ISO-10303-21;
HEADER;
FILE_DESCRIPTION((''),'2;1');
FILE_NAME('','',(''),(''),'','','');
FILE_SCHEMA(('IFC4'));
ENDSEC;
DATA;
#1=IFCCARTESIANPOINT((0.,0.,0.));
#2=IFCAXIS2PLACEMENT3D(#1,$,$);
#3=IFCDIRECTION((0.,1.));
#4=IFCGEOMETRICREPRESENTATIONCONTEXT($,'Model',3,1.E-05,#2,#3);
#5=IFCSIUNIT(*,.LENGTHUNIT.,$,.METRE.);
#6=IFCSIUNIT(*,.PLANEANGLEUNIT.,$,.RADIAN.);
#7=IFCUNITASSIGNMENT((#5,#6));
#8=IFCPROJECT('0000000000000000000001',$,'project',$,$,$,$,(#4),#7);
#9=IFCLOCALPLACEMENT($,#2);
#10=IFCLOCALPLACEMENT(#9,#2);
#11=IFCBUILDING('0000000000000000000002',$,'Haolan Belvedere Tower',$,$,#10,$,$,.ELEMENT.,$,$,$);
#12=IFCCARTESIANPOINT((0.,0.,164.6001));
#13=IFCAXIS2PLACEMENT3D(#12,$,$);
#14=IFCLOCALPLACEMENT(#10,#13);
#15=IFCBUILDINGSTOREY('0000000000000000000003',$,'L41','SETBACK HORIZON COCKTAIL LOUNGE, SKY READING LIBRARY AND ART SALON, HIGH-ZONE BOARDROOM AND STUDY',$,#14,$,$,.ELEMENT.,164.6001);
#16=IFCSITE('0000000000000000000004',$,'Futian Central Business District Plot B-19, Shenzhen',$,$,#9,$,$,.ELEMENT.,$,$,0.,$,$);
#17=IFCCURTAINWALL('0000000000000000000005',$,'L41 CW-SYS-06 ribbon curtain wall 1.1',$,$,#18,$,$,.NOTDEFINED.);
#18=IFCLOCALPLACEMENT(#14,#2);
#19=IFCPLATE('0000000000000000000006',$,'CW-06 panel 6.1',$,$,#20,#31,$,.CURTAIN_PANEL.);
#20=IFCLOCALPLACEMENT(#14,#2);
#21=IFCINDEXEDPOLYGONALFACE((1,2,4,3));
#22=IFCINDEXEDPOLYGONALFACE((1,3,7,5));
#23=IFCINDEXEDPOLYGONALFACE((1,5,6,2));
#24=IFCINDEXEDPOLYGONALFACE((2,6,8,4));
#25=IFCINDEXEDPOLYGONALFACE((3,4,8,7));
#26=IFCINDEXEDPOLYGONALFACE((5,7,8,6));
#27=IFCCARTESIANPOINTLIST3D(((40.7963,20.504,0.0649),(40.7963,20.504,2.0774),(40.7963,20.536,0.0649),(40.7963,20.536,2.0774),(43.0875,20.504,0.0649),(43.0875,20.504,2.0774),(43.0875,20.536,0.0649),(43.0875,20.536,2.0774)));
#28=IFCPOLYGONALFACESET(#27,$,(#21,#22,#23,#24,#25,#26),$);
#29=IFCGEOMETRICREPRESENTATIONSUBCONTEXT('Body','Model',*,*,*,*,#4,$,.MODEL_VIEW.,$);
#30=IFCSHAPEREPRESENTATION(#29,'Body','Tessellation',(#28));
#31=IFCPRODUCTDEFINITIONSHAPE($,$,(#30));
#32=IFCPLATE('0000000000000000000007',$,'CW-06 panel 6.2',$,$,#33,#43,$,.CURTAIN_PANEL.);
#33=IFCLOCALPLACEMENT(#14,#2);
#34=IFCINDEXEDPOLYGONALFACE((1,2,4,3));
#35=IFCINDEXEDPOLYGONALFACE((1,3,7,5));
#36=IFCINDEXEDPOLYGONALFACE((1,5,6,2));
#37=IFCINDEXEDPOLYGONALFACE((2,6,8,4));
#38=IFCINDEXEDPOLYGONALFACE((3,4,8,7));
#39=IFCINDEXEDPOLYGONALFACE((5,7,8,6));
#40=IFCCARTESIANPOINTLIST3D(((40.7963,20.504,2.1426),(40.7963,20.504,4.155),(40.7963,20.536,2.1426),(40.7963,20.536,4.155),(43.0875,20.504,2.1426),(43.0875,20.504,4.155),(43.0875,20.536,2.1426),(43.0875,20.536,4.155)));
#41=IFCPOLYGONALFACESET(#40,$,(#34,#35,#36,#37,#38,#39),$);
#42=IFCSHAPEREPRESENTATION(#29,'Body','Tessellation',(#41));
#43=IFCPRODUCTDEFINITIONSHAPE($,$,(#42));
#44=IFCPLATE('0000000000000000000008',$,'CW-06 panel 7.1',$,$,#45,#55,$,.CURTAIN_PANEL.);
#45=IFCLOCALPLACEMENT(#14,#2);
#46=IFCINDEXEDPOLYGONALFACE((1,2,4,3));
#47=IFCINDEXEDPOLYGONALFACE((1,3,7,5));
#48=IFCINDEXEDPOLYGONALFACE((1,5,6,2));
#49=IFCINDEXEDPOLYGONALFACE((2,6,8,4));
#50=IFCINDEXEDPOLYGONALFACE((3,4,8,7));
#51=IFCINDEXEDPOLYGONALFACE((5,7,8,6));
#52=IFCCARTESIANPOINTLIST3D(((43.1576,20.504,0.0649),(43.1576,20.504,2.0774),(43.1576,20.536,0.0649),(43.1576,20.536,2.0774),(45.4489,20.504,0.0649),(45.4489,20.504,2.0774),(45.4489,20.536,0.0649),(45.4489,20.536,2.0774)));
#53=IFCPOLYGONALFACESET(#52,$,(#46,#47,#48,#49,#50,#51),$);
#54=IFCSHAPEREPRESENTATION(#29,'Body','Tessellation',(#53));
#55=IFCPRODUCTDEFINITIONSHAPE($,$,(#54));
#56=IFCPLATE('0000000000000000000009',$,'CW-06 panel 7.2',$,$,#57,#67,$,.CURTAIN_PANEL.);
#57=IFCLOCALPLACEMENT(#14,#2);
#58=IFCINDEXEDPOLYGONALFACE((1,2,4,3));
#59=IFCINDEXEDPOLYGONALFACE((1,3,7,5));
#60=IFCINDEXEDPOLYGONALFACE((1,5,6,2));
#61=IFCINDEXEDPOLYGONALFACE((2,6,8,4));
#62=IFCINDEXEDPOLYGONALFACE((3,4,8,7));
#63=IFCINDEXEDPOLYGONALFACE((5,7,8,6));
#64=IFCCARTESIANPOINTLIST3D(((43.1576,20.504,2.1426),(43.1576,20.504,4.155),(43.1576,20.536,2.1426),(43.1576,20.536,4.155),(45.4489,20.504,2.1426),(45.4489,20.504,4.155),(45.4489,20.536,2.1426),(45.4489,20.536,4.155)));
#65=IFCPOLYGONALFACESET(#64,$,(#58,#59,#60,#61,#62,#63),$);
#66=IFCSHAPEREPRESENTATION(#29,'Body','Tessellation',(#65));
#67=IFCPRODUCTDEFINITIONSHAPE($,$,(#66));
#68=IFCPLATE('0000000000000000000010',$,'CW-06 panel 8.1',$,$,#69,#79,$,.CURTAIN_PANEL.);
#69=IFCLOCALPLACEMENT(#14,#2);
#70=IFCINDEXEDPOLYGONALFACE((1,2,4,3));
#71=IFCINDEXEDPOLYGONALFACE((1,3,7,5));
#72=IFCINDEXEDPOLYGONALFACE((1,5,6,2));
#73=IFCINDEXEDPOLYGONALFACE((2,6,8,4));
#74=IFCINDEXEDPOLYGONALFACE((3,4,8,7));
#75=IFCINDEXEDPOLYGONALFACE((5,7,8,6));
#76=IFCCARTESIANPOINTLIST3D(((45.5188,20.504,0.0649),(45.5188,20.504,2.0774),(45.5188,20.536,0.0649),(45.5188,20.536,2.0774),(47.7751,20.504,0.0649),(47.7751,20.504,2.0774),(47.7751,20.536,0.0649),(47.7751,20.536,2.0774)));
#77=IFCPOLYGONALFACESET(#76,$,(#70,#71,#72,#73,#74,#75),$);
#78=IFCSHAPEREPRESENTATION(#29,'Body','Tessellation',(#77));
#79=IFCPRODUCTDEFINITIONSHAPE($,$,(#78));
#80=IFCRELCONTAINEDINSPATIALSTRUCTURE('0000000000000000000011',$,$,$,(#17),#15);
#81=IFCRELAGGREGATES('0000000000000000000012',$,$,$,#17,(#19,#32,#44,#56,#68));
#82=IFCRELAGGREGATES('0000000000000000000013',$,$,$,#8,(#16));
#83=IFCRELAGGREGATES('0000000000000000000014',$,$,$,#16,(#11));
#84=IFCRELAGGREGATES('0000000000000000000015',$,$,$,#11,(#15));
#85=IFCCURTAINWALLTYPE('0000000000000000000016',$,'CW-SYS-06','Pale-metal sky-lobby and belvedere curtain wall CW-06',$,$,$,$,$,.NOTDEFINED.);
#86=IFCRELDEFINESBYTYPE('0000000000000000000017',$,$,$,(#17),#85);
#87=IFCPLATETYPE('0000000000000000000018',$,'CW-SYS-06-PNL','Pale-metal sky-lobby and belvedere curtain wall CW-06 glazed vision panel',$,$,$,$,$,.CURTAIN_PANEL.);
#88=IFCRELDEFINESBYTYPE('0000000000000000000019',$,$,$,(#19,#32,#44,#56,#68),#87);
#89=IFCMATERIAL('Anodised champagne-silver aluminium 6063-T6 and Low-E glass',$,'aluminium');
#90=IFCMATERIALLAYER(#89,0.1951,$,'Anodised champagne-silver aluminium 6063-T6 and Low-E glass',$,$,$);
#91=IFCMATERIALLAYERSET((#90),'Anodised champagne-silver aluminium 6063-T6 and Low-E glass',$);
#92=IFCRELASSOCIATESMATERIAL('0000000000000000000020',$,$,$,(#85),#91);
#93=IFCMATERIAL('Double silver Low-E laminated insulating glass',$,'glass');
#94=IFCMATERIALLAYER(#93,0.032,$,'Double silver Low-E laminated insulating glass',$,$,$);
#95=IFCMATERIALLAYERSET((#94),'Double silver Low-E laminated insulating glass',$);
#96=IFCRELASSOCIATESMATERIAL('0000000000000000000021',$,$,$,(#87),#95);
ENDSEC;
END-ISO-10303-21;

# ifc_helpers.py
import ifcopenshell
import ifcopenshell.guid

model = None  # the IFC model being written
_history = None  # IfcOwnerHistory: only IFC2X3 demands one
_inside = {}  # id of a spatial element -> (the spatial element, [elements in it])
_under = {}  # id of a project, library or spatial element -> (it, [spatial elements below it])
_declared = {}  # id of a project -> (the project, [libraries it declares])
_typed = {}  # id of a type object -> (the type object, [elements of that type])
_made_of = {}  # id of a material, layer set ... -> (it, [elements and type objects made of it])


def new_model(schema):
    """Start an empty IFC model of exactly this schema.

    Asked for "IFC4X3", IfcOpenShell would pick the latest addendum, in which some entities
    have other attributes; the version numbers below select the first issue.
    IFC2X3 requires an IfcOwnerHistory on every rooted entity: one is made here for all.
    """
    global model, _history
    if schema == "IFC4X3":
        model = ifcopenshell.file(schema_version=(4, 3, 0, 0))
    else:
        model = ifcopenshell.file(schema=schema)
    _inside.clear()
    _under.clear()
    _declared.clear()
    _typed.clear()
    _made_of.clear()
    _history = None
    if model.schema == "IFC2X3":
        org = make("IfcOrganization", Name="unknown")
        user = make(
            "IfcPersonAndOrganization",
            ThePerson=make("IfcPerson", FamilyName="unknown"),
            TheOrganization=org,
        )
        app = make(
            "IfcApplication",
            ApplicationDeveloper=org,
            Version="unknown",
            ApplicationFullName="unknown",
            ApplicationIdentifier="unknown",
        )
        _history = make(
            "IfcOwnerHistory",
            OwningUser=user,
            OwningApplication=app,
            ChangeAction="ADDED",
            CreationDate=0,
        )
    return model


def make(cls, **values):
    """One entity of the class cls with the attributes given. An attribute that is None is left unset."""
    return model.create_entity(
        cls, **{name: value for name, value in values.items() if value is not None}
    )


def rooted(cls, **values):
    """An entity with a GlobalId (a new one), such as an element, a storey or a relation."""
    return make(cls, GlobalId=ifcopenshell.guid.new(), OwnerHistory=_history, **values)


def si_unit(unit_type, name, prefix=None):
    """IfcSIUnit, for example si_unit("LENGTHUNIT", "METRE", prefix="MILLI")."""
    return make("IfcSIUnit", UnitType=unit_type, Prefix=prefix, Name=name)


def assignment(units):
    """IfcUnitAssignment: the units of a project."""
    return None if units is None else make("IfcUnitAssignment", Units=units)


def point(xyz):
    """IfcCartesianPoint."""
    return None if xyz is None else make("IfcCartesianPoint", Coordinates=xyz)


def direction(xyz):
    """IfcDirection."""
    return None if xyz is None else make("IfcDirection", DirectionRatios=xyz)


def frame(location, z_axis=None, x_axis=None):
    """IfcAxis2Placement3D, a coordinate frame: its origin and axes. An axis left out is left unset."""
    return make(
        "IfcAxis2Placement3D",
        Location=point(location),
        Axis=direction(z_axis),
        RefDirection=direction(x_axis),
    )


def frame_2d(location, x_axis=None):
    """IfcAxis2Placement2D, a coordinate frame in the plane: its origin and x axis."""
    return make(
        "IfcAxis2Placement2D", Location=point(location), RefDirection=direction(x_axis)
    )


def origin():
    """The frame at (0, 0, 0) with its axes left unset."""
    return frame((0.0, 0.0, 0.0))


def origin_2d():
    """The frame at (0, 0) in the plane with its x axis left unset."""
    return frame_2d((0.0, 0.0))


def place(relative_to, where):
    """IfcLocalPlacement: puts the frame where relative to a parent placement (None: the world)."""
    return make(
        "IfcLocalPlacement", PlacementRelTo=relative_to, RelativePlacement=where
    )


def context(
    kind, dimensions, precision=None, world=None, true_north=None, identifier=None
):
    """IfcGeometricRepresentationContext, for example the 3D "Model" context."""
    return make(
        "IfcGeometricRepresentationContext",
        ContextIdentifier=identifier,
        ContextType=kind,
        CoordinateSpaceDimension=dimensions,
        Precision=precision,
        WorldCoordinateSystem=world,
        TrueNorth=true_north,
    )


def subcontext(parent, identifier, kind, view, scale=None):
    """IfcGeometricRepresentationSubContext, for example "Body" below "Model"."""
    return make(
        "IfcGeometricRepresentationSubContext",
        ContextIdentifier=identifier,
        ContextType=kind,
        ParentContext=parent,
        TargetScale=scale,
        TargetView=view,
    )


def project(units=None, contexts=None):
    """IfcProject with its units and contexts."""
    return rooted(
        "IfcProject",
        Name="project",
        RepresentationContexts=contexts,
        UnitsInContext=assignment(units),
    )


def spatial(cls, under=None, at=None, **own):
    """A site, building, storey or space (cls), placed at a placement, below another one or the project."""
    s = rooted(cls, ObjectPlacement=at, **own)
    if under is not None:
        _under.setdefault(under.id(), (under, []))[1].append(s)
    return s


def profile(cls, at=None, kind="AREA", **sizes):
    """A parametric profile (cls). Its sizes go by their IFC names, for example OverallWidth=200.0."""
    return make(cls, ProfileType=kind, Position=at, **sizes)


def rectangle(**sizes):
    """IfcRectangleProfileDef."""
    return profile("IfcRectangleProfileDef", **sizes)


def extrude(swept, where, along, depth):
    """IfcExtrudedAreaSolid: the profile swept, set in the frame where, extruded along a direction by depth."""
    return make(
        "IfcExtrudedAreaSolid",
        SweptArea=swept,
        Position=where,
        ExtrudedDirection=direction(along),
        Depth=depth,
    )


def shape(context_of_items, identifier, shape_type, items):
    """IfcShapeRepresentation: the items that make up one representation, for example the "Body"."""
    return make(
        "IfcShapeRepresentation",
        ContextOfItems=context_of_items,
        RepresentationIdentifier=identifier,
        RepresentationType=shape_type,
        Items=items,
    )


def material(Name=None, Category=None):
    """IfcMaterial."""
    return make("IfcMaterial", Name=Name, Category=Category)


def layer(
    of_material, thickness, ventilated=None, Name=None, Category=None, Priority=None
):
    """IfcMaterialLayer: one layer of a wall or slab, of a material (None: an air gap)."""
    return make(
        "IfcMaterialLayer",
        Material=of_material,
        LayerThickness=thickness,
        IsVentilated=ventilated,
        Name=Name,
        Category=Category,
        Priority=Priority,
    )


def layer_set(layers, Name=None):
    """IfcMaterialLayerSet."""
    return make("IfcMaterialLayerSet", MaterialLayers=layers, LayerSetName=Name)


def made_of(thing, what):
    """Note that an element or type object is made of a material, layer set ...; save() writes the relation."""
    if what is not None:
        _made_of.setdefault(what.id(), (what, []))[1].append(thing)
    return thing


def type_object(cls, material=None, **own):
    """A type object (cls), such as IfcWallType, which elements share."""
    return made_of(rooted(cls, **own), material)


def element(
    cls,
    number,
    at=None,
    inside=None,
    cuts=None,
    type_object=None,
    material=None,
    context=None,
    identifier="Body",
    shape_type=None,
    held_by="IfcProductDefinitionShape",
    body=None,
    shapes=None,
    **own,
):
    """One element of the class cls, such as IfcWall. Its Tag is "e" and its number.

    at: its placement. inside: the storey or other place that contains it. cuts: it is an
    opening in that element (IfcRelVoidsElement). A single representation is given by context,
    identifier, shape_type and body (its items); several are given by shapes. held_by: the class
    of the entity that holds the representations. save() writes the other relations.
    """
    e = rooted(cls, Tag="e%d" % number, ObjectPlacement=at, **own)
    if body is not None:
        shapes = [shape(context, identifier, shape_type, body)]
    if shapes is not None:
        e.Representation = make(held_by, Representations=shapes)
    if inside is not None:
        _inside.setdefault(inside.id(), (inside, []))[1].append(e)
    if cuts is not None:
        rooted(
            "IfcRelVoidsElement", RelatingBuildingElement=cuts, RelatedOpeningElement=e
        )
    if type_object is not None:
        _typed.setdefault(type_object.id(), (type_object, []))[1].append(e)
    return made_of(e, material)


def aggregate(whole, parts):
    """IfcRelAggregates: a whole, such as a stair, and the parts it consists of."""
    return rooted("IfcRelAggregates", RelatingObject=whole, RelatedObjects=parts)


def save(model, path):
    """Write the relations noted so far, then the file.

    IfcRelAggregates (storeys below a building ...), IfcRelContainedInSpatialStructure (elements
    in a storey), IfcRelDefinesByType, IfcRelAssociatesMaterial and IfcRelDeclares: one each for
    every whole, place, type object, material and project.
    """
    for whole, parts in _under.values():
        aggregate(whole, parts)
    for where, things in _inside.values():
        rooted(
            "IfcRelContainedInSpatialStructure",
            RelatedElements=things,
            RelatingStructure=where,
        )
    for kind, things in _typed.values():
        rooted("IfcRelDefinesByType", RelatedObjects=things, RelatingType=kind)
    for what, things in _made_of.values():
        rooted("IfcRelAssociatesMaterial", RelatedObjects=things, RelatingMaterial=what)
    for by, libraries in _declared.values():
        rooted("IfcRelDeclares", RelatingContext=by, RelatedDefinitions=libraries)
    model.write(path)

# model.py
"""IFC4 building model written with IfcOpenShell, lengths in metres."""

from ifc_helpers import new_model, si_unit, direction, frame, origin, origin_2d, place, context, subcontext, project, spatial, rectangle, extrude, material, layer, layer_set, type_object, element, aggregate, save


model = new_model("IFC4")

# Units and contexts
model_context = context("Model", 3, precision=1e-05, world=origin(), true_north=direction((0.0, 1.0)))
body_context = subcontext(model_context, "Body", "Model", "MODEL_VIEW")
ifc_project = project(units=[si_unit("LENGTHUNIT", "METRE"), si_unit("PLANEANGLEUNIT", "RADIAN")], contexts=[model_context])

# Site, building, storey
site_placement = place(None, origin())
site = spatial("IfcSite", under=ifc_project, at=site_placement, Name="Futian Central Business District Plot B-19, Shenzhen", CompositionType="ELEMENT", RefElevation=0.0)
building_placement = place(site_placement, origin())
building = spatial("IfcBuilding", under=site, at=building_placement, Name="Haolan Belvedere Tower", CompositionType="ELEMENT")
storey_placement = place(building_placement, frame((0.0, 0.0, 164.6001)))
storey = spatial("IfcBuildingStorey", under=building, at=storey_placement, Name="L41", Description="SETBACK HORIZON COCKTAIL LOUNGE, SKY READING LIBRARY AND ART SALON, HIGH-ZONE BOARDROOM AND STUDY", CompositionType="ELEMENT", Elevation=164.6001)

# Curtain wall, plates
ifc_material_1 = material(Name="Anodised champagne-silver aluminium 6063-T6 and Low-E glass", Category="aluminium")
ifc_layer_1 = layer(ifc_material_1, 0.1951, Name="Anodised champagne-silver aluminium 6063-T6 and Low-E glass")
ifc_layer_set_1 = layer_set([ifc_layer_1], Name="Anodised champagne-silver aluminium 6063-T6 and Low-E glass")
curtain_wall_type = type_object("IfcCurtainWallType", Name="CW-SYS-06", Description="Pale-metal sky-lobby and belvedere curtain wall CW-06", PredefinedType="NOTDEFINED", material=ifc_layer_set_1)
curtain_wall_placement = place(storey_placement, origin())
curtain_wall = element("IfcCurtainWall", 1, at=curtain_wall_placement, inside=storey, type_object=curtain_wall_type, Name="L41 CW-SYS-06 ribbon curtain wall 1.1", PredefinedType="NOTDEFINED")
ifc_material_2 = material(Name="Double silver Low-E laminated insulating glass", Category="glass")
ifc_layer_2 = layer(ifc_material_2, 0.032, Name="Double silver Low-E laminated insulating glass")
ifc_layer_set_2 = layer_set([ifc_layer_2], Name="Double silver Low-E laminated insulating glass")
plate_type = type_object("IfcPlateType", Name="CW-SYS-06-PNL", Description="Pale-metal sky-lobby and belvedere curtain wall CW-06 glazed vision panel", PredefinedType="CURTAIN_PANEL", material=ifc_layer_set_2)
plate_1_placement = place(storey_placement, frame((41.9419, 20.52, 0.0649), z_axis=(0.0, 0.0, 1.0), x_axis=(1.0, 0.0, 0.0)))
plate_1 = element("IfcPlate", 2, at=plate_1_placement, type_object=plate_type, Name="CW-06 panel 6.1", PredefinedType="CURTAIN_PANEL", context=body_context, shape_type="SweptSolid", body=[
    extrude(rectangle(XDim=2.2913, YDim=0.032, at=origin_2d()), origin(), (0.0, 0.0, 1.0), 2.0125),
])
plate_2_placement = place(storey_placement, frame((41.9419, 20.52, 2.1426), z_axis=(0.0, 0.0, 1.0), x_axis=(1.0, 0.0, 0.0)))
plate_2 = element("IfcPlate", 3, at=plate_2_placement, type_object=plate_type, Name="CW-06 panel 6.2", PredefinedType="CURTAIN_PANEL", context=body_context, shape_type="SweptSolid", body=[
    extrude(rectangle(XDim=2.2913, YDim=0.032, at=origin_2d()), origin(), (0.0, 0.0, 1.0), 2.0125),
])
plate_3_placement = place(storey_placement, frame((44.3032, 20.52, 0.0649), z_axis=(0.0, 0.0, 1.0), x_axis=(1.0, 0.0, 0.0)))
plate_3 = element("IfcPlate", 4, at=plate_3_placement, type_object=plate_type, Name="CW-06 panel 7.1", PredefinedType="CURTAIN_PANEL", context=body_context, shape_type="SweptSolid", body=[
    extrude(rectangle(XDim=2.2913, YDim=0.032, at=origin_2d()), origin(), (0.0, 0.0, 1.0), 2.0125),
])
plate_4_placement = place(storey_placement, frame((44.3032, 20.52, 2.1426), z_axis=(0.0, 0.0, 1.0), x_axis=(1.0, 0.0, 0.0)))
plate_4 = element("IfcPlate", 5, at=plate_4_placement, type_object=plate_type, Name="CW-06 panel 7.2", PredefinedType="CURTAIN_PANEL", context=body_context, shape_type="SweptSolid", body=[
    extrude(rectangle(XDim=2.2913, YDim=0.032, at=origin_2d()), origin(), (0.0, 0.0, 1.0), 2.0125),
])
plate_5_placement = place(storey_placement, frame((46.647, 20.52, 0.0649), z_axis=(0.0, 0.0, 1.0), x_axis=(1.0, 0.0, 0.0)))
plate_5 = element("IfcPlate", 6, at=plate_5_placement, type_object=plate_type, Name="CW-06 panel 8.1", PredefinedType="CURTAIN_PANEL", context=body_context, shape_type="SweptSolid", body=[
    extrude(rectangle(XDim=2.2563, YDim=0.032, at=origin_2d()), origin(), (0.0, 0.0, 1.0), 2.0125),
])
aggregate(curtain_wall, [plate_1, plate_2, plate_3, plate_4, plate_5])

save(model, "model.ifc")
